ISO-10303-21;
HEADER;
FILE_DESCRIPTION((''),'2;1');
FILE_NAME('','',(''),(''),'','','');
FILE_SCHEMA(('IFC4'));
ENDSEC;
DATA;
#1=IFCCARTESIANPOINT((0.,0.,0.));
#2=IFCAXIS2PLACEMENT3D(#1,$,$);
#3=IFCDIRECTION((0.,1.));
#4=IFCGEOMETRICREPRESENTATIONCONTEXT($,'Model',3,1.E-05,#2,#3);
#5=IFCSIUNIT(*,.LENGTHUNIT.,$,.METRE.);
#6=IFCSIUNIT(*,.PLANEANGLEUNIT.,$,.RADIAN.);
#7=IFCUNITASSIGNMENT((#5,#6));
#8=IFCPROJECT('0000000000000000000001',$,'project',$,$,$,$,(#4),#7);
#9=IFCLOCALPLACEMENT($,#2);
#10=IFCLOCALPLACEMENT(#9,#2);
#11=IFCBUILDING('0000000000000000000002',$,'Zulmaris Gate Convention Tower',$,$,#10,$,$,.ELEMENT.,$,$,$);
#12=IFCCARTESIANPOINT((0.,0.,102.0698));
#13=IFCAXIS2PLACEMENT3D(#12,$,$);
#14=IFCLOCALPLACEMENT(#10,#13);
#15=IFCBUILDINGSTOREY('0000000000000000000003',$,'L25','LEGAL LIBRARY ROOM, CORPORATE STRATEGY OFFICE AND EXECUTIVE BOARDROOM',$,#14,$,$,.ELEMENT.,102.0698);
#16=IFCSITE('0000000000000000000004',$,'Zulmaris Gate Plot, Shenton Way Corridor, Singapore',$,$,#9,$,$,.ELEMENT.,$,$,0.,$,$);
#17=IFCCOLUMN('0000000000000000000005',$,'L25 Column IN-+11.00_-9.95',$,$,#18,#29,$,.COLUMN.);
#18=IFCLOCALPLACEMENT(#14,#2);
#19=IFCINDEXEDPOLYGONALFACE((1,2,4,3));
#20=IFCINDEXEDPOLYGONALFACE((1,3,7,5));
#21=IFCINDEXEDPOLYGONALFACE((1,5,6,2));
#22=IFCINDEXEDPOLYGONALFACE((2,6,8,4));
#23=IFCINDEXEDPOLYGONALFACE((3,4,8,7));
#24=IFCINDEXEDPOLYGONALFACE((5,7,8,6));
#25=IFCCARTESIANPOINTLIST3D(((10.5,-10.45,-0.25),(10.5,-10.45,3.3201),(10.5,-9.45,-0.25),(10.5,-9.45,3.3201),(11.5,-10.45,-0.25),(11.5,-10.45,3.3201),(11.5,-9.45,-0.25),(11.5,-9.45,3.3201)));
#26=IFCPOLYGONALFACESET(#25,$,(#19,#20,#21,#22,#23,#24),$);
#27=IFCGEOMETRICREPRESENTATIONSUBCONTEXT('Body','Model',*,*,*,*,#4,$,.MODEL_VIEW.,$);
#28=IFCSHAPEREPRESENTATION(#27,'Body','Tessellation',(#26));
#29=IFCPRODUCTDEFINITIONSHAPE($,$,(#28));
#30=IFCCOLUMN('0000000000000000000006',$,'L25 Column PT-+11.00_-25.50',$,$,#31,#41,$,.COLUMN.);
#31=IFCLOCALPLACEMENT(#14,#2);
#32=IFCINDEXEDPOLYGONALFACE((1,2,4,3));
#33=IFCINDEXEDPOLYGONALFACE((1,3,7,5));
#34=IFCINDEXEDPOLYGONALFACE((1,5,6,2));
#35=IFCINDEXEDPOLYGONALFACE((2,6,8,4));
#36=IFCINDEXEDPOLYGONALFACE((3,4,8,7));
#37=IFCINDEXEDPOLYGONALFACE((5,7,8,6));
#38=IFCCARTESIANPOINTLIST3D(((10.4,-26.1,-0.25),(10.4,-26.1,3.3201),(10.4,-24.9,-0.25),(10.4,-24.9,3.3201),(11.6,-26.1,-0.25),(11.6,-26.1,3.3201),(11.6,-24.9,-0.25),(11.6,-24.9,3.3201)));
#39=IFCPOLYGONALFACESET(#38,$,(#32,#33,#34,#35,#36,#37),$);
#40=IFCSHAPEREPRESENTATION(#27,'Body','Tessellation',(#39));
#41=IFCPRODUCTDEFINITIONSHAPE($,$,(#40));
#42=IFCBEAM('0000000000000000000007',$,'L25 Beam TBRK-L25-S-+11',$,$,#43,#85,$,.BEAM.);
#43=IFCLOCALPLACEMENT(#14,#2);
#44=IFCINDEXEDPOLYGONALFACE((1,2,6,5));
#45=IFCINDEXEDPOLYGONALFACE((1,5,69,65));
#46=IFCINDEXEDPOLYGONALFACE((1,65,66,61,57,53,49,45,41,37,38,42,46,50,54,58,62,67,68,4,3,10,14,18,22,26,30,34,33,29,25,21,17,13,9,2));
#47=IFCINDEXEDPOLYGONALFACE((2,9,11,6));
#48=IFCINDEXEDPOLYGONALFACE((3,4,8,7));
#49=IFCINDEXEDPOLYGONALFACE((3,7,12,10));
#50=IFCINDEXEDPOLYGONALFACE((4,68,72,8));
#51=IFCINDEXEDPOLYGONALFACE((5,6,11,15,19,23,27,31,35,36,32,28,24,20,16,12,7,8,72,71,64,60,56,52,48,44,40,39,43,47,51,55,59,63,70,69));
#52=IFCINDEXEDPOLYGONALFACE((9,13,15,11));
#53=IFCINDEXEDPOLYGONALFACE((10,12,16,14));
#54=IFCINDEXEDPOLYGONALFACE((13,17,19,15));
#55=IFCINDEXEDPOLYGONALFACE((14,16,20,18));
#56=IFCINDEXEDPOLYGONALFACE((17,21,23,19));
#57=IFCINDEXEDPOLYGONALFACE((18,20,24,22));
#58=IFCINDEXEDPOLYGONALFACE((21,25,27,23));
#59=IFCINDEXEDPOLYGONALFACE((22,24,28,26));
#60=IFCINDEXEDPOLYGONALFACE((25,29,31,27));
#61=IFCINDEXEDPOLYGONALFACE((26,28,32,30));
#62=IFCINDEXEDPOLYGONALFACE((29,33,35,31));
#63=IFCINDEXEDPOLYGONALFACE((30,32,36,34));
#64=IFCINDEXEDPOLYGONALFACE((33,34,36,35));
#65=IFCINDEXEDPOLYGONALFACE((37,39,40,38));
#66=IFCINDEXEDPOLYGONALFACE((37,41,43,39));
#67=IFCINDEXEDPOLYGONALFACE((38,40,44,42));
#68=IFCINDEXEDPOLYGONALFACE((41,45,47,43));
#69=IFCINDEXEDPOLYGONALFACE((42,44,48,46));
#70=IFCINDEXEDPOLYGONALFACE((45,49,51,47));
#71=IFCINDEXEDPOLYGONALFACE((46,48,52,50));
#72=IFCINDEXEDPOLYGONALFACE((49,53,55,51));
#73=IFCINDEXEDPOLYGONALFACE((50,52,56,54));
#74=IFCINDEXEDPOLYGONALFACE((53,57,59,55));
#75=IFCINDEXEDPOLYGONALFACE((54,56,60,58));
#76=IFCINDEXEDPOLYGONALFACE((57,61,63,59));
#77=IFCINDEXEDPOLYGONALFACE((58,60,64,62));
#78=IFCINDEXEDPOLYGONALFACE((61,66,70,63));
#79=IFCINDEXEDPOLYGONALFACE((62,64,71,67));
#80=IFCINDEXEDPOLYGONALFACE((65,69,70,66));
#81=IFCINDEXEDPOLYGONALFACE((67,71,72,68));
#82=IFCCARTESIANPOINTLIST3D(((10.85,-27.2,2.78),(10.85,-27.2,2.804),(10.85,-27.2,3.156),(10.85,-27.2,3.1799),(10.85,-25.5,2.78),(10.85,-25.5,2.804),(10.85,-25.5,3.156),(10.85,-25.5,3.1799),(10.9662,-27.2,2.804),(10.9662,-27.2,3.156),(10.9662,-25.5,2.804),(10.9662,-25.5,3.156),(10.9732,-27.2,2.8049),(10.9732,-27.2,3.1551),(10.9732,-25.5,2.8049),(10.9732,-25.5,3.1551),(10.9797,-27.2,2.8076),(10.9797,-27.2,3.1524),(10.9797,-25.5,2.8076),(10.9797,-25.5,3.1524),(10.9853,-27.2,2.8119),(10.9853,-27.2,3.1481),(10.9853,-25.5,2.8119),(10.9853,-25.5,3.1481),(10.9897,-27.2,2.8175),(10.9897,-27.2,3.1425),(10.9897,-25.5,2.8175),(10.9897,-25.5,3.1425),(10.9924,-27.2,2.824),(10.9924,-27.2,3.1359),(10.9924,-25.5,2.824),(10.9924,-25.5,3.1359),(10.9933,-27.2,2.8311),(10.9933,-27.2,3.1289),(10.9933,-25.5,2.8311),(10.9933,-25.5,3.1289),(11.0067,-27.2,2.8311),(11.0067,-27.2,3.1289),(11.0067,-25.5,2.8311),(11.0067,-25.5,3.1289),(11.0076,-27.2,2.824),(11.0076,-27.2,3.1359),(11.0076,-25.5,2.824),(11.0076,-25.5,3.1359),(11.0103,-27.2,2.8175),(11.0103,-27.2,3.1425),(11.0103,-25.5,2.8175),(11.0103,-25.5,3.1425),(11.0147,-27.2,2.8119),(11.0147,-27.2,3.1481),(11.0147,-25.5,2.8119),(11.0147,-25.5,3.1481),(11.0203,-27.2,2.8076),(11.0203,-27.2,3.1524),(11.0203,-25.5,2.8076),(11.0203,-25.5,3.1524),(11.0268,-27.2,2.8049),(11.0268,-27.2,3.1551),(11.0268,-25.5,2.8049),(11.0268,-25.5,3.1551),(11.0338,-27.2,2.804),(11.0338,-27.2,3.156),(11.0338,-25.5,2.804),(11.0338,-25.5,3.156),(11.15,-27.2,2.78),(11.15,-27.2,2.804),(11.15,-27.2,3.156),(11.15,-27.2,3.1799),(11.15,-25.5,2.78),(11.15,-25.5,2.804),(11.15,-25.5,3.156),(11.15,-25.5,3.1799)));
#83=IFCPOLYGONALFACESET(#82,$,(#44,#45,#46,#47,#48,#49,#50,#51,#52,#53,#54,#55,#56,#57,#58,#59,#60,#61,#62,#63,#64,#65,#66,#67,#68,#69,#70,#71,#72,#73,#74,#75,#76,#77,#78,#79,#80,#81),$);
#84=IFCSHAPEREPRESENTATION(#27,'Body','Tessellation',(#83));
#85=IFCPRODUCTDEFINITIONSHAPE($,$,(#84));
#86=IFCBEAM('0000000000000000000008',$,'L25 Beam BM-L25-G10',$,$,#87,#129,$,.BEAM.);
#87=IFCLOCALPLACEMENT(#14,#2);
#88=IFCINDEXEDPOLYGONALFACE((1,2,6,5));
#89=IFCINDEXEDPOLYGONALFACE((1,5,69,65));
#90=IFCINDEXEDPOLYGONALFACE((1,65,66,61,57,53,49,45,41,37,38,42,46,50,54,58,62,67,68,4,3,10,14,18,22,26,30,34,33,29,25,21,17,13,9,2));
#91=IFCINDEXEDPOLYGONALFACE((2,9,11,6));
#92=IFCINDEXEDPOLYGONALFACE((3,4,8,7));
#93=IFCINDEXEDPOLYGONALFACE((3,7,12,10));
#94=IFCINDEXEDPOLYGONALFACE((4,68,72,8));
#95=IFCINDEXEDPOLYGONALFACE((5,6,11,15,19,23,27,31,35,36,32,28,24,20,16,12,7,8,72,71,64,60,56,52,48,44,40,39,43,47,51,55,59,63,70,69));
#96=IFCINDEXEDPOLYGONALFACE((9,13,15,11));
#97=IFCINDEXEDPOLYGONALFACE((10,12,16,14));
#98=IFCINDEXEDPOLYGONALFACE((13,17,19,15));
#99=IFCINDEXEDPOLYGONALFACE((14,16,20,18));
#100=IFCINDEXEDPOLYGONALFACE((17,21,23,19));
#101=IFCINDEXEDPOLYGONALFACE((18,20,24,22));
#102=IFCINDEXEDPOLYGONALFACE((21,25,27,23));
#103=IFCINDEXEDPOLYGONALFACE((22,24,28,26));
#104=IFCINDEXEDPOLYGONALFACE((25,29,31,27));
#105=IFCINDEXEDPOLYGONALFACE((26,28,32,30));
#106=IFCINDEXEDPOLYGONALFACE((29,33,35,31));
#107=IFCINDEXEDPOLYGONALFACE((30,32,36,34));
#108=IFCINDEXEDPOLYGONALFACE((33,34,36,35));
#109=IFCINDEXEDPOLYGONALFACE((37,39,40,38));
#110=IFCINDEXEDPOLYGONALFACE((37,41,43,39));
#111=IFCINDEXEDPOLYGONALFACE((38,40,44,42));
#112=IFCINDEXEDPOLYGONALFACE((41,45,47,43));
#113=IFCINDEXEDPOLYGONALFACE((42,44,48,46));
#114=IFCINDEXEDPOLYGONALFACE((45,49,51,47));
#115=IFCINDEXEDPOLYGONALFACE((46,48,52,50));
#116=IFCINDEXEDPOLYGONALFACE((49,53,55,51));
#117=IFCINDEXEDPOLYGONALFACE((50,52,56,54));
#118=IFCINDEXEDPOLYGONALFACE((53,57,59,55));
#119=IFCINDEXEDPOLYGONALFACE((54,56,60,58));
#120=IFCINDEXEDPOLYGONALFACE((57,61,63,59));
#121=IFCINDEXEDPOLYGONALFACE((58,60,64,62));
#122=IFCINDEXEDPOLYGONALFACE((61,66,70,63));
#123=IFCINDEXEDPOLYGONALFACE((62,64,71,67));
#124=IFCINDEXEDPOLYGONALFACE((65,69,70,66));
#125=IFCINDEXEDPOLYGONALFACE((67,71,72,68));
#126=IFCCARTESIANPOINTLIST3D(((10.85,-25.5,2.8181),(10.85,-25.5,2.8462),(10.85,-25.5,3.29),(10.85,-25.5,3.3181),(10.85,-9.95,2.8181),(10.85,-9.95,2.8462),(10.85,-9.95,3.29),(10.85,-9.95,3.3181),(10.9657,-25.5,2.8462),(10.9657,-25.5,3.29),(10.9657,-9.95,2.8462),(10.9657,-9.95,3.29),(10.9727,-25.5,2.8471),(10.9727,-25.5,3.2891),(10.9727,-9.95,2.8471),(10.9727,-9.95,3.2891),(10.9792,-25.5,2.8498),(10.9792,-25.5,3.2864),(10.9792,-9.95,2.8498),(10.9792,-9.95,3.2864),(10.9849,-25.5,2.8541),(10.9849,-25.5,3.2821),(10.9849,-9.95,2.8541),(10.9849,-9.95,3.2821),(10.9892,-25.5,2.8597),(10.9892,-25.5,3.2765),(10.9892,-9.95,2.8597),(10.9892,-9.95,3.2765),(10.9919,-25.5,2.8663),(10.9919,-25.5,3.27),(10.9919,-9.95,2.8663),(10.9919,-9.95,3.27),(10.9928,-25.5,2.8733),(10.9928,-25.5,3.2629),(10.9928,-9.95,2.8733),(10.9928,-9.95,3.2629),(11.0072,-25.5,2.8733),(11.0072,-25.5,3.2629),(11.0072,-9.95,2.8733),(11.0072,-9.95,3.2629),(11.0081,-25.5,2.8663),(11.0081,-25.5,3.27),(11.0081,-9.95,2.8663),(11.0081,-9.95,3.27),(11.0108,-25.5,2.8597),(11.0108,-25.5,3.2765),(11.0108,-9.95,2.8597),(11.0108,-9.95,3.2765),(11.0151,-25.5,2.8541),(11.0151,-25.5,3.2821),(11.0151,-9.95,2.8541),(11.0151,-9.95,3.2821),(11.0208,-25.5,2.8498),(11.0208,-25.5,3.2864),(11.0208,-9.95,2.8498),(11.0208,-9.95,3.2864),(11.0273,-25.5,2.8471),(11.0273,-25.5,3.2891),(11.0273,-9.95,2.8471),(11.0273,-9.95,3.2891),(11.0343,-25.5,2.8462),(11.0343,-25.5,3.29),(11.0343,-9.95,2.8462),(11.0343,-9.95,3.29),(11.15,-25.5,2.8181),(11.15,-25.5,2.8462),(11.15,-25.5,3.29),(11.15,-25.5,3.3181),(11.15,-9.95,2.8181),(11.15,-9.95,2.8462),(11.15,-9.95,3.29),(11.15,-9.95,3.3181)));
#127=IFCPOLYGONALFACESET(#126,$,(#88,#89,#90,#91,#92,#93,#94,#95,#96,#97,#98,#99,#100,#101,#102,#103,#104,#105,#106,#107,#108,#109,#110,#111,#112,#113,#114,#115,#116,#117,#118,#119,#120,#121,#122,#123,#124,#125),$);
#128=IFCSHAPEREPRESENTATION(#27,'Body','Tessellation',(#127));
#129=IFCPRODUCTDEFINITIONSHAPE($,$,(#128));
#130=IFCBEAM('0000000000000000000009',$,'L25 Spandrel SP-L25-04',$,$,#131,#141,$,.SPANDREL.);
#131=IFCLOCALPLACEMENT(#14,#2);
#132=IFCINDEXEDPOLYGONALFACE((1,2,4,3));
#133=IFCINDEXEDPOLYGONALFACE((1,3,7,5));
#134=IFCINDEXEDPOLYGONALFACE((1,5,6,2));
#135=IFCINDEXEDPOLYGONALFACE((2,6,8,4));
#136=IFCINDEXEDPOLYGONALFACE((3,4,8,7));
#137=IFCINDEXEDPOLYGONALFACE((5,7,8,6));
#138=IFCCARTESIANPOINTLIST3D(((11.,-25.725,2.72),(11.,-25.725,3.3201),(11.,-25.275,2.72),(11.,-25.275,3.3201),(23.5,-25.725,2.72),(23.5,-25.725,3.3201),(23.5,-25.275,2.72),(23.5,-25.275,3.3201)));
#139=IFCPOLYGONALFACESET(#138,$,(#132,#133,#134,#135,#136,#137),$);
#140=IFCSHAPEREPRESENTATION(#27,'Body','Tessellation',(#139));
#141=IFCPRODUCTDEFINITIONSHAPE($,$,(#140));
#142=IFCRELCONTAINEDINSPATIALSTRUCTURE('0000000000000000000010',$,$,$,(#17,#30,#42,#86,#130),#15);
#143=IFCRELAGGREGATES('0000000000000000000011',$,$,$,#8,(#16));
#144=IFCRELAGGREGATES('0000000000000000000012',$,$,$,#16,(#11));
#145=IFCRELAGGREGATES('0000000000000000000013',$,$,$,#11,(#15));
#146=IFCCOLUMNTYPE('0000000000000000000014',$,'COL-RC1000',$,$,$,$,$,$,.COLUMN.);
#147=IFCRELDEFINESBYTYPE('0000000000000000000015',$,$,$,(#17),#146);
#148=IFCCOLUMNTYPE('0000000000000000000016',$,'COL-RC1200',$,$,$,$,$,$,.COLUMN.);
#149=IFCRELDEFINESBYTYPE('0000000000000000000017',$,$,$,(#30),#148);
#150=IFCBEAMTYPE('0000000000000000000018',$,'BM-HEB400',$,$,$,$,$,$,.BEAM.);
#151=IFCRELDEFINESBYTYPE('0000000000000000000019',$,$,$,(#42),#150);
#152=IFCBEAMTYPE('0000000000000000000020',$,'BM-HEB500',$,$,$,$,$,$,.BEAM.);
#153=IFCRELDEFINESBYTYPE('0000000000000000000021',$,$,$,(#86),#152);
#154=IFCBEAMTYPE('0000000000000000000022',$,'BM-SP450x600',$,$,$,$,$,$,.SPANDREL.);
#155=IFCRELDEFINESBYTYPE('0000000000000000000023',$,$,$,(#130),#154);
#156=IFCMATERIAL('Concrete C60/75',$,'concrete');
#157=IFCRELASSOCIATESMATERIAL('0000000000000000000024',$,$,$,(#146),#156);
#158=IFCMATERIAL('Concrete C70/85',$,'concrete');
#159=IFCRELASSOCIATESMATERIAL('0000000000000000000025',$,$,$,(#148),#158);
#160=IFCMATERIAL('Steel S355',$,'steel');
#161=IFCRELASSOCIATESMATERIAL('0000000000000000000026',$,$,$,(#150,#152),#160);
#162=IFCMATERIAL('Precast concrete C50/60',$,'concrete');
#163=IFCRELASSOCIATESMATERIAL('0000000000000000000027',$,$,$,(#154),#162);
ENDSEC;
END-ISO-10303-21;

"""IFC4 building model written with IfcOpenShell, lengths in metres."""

from ifc_helpers import new_model, si_unit, direction, frame, origin, origin_2d, place, context, subcontext, project, spatial, rectangle, i_section, extrude, material, material_profile, profile_set, type_object, element, save


model = new_model("IFC4")

# Units and contexts
model_context = context("Model", 3, precision=1e-05, world=origin(), true_north=direction((0.0, 1.0)))
body_context = subcontext(model_context, "Body", "Model", "MODEL_VIEW")
ifc_project = project(units=[si_unit("LENGTHUNIT", "METRE"), si_unit("PLANEANGLEUNIT", "RADIAN")], contexts=[model_context])

# Site, building, storey
site_placement = place(None, origin())
site = spatial("IfcSite", under=ifc_project, at=site_placement, Name="Zulmaris Gate Plot, Shenton Way Corridor, Singapore", CompositionType="ELEMENT", RefElevation=0.0)
building_placement = place(site_placement, origin())
building = spatial("IfcBuilding", under=site, at=building_placement, Name="Zulmaris Gate Convention Tower", CompositionType="ELEMENT")
storey_placement = place(building_placement, frame((0.0, 0.0, 102.0698)))
storey = spatial("IfcBuildingStorey", under=building, at=storey_placement, Name="L25", Description="LEGAL LIBRARY ROOM, CORPORATE STRATEGY OFFICE AND EXECUTIVE BOARDROOM", CompositionType="ELEMENT", Elevation=102.0698)

# Columns
ifc_material_1 = material(Name="Concrete C60/75", Category="concrete")
ifc_material_profile_1 = material_profile(ifc_material_1, rectangle(XDim=1.0, YDim=1.0, at=origin_2d()), Name="RC COL 1000x1000")
ifc_profile_set_1 = profile_set([ifc_material_profile_1], Name="Concrete C60/75")
column_type_1 = type_object("IfcColumnType", Name="COL-RC1000", PredefinedType="COLUMN", material=ifc_profile_set_1)
column_1_placement = place(storey_placement, frame((11.0, -9.95, -0.25), z_axis=(0.0, 0.0, 1.0), x_axis=(1.0, 0.0, 0.0)))
element("IfcColumn", 1, at=column_1_placement, inside=storey, type_object=column_type_1, Name="L25 Column IN-+11.00_-9.95", PredefinedType="COLUMN", context=body_context, shape_type="SweptSolid", body=[
    extrude(rectangle(XDim=1.0, YDim=1.0, at=origin_2d()), origin(), (0.0, 0.0, 1.0), 3.5701),
])
ifc_material_2 = material(Name="Concrete C70/85", Category="concrete")
ifc_material_profile_2 = material_profile(ifc_material_2, rectangle(XDim=1.2, YDim=1.2, at=origin_2d()), Name="RC COL 1200x1200")
ifc_profile_set_2 = profile_set([ifc_material_profile_2], Name="Concrete C70/85")
column_type_2 = type_object("IfcColumnType", Name="COL-RC1200", PredefinedType="COLUMN", material=ifc_profile_set_2)
column_2_placement = place(storey_placement, frame((11.0, -25.5, -0.25), z_axis=(0.0, 0.0, 1.0), x_axis=(1.0, 0.0, 0.0)))
element("IfcColumn", 2, at=column_2_placement, inside=storey, type_object=column_type_2, Name="L25 Column PT-+11.00_-25.50", PredefinedType="COLUMN", context=body_context, shape_type="SweptSolid", body=[
    extrude(rectangle(XDim=1.2, YDim=1.2, at=origin_2d()), origin(), (0.0, 0.0, 1.0), 3.5701),
])

# Beams
ifc_material_3 = material(Name="Steel S355", Category="steel")
ifc_material_profile_3 = material_profile(ifc_material_3, i_section(OverallWidth=0.3, OverallDepth=0.3999, WebThickness=0.0134, FlangeThickness=0.0239, FilletRadius=0.0271, at=origin_2d()), Name="HEB 400")
ifc_profile_set_3 = profile_set([ifc_material_profile_3], Name="Steel S355")
beam_type_1 = type_object("IfcBeamType", Name="BM-HEB400", PredefinedType="BEAM", material=ifc_profile_set_3)
beam_1_placement = place(storey_placement, frame((11.0, -27.2, 2.98), z_axis=(0.0, 1.0, 0.0), x_axis=(-1.0, 0.0, 0.0)))
element("IfcBeam", 3, at=beam_1_placement, inside=storey, type_object=beam_type_1, Name="L25 Beam TBRK-L25-S-+11", PredefinedType="BEAM", context=body_context, shape_type="SweptSolid", body=[
    extrude(i_section(OverallWidth=0.3, OverallDepth=0.3999, WebThickness=0.0134, FlangeThickness=0.0239, FilletRadius=0.0271, at=origin_2d()), origin(), (0.0, 0.0, 1.0), 1.7),
])
ifc_material_profile_4 = material_profile(ifc_material_3, i_section(OverallWidth=0.3, OverallDepth=0.5, WebThickness=0.0144, FlangeThickness=0.0281, FilletRadius=0.0271, at=origin_2d()), Name="HEB 500")
ifc_profile_set_4 = profile_set([ifc_material_profile_4], Name="Steel S355")
beam_type_2 = type_object("IfcBeamType", Name="BM-HEB500", PredefinedType="BEAM", material=ifc_profile_set_4)
beam_2_placement = place(storey_placement, frame((11.0, -25.5, 3.0681), z_axis=(0.0, 1.0, 0.0), x_axis=(-1.0, 0.0, 0.0)))
element("IfcBeam", 4, at=beam_2_placement, inside=storey, type_object=beam_type_2, Name="L25 Beam BM-L25-G10", PredefinedType="BEAM", context=body_context, shape_type="SweptSolid", body=[
    extrude(i_section(OverallWidth=0.3, OverallDepth=0.5, WebThickness=0.0144, FlangeThickness=0.0281, FilletRadius=0.0271, at=origin_2d()), origin(), (0.0, 0.0, 1.0), 15.55),
])
ifc_material_4 = material(Name="Precast concrete C50/60", Category="concrete")
ifc_material_profile_5 = material_profile(ifc_material_4, rectangle(XDim=0.45, YDim=0.6001, at=origin_2d()), Name="RC SPANDREL 450x600")
ifc_profile_set_5 = profile_set([ifc_material_profile_5], Name="Precast concrete C50/60")
beam_type_3 = type_object("IfcBeamType", Name="BM-SP450x600", PredefinedType="SPANDREL", material=ifc_profile_set_5)
beam_3_placement = place(storey_placement, frame((11.0, -25.5, 3.02), z_axis=(1.0, 0.0, 0.0), x_axis=(0.0, 1.0, 0.0)))
element("IfcBeam", 5, at=beam_3_placement, inside=storey, type_object=beam_type_3, Name="L25 Spandrel SP-L25-04", PredefinedType="SPANDREL", context=body_context, shape_type="SweptSolid", body=[
    extrude(rectangle(XDim=0.45, YDim=0.6001, at=origin_2d()), origin(), (0.0, 0.0, 1.0), 12.5),
])

save(model, "model.ifc")
